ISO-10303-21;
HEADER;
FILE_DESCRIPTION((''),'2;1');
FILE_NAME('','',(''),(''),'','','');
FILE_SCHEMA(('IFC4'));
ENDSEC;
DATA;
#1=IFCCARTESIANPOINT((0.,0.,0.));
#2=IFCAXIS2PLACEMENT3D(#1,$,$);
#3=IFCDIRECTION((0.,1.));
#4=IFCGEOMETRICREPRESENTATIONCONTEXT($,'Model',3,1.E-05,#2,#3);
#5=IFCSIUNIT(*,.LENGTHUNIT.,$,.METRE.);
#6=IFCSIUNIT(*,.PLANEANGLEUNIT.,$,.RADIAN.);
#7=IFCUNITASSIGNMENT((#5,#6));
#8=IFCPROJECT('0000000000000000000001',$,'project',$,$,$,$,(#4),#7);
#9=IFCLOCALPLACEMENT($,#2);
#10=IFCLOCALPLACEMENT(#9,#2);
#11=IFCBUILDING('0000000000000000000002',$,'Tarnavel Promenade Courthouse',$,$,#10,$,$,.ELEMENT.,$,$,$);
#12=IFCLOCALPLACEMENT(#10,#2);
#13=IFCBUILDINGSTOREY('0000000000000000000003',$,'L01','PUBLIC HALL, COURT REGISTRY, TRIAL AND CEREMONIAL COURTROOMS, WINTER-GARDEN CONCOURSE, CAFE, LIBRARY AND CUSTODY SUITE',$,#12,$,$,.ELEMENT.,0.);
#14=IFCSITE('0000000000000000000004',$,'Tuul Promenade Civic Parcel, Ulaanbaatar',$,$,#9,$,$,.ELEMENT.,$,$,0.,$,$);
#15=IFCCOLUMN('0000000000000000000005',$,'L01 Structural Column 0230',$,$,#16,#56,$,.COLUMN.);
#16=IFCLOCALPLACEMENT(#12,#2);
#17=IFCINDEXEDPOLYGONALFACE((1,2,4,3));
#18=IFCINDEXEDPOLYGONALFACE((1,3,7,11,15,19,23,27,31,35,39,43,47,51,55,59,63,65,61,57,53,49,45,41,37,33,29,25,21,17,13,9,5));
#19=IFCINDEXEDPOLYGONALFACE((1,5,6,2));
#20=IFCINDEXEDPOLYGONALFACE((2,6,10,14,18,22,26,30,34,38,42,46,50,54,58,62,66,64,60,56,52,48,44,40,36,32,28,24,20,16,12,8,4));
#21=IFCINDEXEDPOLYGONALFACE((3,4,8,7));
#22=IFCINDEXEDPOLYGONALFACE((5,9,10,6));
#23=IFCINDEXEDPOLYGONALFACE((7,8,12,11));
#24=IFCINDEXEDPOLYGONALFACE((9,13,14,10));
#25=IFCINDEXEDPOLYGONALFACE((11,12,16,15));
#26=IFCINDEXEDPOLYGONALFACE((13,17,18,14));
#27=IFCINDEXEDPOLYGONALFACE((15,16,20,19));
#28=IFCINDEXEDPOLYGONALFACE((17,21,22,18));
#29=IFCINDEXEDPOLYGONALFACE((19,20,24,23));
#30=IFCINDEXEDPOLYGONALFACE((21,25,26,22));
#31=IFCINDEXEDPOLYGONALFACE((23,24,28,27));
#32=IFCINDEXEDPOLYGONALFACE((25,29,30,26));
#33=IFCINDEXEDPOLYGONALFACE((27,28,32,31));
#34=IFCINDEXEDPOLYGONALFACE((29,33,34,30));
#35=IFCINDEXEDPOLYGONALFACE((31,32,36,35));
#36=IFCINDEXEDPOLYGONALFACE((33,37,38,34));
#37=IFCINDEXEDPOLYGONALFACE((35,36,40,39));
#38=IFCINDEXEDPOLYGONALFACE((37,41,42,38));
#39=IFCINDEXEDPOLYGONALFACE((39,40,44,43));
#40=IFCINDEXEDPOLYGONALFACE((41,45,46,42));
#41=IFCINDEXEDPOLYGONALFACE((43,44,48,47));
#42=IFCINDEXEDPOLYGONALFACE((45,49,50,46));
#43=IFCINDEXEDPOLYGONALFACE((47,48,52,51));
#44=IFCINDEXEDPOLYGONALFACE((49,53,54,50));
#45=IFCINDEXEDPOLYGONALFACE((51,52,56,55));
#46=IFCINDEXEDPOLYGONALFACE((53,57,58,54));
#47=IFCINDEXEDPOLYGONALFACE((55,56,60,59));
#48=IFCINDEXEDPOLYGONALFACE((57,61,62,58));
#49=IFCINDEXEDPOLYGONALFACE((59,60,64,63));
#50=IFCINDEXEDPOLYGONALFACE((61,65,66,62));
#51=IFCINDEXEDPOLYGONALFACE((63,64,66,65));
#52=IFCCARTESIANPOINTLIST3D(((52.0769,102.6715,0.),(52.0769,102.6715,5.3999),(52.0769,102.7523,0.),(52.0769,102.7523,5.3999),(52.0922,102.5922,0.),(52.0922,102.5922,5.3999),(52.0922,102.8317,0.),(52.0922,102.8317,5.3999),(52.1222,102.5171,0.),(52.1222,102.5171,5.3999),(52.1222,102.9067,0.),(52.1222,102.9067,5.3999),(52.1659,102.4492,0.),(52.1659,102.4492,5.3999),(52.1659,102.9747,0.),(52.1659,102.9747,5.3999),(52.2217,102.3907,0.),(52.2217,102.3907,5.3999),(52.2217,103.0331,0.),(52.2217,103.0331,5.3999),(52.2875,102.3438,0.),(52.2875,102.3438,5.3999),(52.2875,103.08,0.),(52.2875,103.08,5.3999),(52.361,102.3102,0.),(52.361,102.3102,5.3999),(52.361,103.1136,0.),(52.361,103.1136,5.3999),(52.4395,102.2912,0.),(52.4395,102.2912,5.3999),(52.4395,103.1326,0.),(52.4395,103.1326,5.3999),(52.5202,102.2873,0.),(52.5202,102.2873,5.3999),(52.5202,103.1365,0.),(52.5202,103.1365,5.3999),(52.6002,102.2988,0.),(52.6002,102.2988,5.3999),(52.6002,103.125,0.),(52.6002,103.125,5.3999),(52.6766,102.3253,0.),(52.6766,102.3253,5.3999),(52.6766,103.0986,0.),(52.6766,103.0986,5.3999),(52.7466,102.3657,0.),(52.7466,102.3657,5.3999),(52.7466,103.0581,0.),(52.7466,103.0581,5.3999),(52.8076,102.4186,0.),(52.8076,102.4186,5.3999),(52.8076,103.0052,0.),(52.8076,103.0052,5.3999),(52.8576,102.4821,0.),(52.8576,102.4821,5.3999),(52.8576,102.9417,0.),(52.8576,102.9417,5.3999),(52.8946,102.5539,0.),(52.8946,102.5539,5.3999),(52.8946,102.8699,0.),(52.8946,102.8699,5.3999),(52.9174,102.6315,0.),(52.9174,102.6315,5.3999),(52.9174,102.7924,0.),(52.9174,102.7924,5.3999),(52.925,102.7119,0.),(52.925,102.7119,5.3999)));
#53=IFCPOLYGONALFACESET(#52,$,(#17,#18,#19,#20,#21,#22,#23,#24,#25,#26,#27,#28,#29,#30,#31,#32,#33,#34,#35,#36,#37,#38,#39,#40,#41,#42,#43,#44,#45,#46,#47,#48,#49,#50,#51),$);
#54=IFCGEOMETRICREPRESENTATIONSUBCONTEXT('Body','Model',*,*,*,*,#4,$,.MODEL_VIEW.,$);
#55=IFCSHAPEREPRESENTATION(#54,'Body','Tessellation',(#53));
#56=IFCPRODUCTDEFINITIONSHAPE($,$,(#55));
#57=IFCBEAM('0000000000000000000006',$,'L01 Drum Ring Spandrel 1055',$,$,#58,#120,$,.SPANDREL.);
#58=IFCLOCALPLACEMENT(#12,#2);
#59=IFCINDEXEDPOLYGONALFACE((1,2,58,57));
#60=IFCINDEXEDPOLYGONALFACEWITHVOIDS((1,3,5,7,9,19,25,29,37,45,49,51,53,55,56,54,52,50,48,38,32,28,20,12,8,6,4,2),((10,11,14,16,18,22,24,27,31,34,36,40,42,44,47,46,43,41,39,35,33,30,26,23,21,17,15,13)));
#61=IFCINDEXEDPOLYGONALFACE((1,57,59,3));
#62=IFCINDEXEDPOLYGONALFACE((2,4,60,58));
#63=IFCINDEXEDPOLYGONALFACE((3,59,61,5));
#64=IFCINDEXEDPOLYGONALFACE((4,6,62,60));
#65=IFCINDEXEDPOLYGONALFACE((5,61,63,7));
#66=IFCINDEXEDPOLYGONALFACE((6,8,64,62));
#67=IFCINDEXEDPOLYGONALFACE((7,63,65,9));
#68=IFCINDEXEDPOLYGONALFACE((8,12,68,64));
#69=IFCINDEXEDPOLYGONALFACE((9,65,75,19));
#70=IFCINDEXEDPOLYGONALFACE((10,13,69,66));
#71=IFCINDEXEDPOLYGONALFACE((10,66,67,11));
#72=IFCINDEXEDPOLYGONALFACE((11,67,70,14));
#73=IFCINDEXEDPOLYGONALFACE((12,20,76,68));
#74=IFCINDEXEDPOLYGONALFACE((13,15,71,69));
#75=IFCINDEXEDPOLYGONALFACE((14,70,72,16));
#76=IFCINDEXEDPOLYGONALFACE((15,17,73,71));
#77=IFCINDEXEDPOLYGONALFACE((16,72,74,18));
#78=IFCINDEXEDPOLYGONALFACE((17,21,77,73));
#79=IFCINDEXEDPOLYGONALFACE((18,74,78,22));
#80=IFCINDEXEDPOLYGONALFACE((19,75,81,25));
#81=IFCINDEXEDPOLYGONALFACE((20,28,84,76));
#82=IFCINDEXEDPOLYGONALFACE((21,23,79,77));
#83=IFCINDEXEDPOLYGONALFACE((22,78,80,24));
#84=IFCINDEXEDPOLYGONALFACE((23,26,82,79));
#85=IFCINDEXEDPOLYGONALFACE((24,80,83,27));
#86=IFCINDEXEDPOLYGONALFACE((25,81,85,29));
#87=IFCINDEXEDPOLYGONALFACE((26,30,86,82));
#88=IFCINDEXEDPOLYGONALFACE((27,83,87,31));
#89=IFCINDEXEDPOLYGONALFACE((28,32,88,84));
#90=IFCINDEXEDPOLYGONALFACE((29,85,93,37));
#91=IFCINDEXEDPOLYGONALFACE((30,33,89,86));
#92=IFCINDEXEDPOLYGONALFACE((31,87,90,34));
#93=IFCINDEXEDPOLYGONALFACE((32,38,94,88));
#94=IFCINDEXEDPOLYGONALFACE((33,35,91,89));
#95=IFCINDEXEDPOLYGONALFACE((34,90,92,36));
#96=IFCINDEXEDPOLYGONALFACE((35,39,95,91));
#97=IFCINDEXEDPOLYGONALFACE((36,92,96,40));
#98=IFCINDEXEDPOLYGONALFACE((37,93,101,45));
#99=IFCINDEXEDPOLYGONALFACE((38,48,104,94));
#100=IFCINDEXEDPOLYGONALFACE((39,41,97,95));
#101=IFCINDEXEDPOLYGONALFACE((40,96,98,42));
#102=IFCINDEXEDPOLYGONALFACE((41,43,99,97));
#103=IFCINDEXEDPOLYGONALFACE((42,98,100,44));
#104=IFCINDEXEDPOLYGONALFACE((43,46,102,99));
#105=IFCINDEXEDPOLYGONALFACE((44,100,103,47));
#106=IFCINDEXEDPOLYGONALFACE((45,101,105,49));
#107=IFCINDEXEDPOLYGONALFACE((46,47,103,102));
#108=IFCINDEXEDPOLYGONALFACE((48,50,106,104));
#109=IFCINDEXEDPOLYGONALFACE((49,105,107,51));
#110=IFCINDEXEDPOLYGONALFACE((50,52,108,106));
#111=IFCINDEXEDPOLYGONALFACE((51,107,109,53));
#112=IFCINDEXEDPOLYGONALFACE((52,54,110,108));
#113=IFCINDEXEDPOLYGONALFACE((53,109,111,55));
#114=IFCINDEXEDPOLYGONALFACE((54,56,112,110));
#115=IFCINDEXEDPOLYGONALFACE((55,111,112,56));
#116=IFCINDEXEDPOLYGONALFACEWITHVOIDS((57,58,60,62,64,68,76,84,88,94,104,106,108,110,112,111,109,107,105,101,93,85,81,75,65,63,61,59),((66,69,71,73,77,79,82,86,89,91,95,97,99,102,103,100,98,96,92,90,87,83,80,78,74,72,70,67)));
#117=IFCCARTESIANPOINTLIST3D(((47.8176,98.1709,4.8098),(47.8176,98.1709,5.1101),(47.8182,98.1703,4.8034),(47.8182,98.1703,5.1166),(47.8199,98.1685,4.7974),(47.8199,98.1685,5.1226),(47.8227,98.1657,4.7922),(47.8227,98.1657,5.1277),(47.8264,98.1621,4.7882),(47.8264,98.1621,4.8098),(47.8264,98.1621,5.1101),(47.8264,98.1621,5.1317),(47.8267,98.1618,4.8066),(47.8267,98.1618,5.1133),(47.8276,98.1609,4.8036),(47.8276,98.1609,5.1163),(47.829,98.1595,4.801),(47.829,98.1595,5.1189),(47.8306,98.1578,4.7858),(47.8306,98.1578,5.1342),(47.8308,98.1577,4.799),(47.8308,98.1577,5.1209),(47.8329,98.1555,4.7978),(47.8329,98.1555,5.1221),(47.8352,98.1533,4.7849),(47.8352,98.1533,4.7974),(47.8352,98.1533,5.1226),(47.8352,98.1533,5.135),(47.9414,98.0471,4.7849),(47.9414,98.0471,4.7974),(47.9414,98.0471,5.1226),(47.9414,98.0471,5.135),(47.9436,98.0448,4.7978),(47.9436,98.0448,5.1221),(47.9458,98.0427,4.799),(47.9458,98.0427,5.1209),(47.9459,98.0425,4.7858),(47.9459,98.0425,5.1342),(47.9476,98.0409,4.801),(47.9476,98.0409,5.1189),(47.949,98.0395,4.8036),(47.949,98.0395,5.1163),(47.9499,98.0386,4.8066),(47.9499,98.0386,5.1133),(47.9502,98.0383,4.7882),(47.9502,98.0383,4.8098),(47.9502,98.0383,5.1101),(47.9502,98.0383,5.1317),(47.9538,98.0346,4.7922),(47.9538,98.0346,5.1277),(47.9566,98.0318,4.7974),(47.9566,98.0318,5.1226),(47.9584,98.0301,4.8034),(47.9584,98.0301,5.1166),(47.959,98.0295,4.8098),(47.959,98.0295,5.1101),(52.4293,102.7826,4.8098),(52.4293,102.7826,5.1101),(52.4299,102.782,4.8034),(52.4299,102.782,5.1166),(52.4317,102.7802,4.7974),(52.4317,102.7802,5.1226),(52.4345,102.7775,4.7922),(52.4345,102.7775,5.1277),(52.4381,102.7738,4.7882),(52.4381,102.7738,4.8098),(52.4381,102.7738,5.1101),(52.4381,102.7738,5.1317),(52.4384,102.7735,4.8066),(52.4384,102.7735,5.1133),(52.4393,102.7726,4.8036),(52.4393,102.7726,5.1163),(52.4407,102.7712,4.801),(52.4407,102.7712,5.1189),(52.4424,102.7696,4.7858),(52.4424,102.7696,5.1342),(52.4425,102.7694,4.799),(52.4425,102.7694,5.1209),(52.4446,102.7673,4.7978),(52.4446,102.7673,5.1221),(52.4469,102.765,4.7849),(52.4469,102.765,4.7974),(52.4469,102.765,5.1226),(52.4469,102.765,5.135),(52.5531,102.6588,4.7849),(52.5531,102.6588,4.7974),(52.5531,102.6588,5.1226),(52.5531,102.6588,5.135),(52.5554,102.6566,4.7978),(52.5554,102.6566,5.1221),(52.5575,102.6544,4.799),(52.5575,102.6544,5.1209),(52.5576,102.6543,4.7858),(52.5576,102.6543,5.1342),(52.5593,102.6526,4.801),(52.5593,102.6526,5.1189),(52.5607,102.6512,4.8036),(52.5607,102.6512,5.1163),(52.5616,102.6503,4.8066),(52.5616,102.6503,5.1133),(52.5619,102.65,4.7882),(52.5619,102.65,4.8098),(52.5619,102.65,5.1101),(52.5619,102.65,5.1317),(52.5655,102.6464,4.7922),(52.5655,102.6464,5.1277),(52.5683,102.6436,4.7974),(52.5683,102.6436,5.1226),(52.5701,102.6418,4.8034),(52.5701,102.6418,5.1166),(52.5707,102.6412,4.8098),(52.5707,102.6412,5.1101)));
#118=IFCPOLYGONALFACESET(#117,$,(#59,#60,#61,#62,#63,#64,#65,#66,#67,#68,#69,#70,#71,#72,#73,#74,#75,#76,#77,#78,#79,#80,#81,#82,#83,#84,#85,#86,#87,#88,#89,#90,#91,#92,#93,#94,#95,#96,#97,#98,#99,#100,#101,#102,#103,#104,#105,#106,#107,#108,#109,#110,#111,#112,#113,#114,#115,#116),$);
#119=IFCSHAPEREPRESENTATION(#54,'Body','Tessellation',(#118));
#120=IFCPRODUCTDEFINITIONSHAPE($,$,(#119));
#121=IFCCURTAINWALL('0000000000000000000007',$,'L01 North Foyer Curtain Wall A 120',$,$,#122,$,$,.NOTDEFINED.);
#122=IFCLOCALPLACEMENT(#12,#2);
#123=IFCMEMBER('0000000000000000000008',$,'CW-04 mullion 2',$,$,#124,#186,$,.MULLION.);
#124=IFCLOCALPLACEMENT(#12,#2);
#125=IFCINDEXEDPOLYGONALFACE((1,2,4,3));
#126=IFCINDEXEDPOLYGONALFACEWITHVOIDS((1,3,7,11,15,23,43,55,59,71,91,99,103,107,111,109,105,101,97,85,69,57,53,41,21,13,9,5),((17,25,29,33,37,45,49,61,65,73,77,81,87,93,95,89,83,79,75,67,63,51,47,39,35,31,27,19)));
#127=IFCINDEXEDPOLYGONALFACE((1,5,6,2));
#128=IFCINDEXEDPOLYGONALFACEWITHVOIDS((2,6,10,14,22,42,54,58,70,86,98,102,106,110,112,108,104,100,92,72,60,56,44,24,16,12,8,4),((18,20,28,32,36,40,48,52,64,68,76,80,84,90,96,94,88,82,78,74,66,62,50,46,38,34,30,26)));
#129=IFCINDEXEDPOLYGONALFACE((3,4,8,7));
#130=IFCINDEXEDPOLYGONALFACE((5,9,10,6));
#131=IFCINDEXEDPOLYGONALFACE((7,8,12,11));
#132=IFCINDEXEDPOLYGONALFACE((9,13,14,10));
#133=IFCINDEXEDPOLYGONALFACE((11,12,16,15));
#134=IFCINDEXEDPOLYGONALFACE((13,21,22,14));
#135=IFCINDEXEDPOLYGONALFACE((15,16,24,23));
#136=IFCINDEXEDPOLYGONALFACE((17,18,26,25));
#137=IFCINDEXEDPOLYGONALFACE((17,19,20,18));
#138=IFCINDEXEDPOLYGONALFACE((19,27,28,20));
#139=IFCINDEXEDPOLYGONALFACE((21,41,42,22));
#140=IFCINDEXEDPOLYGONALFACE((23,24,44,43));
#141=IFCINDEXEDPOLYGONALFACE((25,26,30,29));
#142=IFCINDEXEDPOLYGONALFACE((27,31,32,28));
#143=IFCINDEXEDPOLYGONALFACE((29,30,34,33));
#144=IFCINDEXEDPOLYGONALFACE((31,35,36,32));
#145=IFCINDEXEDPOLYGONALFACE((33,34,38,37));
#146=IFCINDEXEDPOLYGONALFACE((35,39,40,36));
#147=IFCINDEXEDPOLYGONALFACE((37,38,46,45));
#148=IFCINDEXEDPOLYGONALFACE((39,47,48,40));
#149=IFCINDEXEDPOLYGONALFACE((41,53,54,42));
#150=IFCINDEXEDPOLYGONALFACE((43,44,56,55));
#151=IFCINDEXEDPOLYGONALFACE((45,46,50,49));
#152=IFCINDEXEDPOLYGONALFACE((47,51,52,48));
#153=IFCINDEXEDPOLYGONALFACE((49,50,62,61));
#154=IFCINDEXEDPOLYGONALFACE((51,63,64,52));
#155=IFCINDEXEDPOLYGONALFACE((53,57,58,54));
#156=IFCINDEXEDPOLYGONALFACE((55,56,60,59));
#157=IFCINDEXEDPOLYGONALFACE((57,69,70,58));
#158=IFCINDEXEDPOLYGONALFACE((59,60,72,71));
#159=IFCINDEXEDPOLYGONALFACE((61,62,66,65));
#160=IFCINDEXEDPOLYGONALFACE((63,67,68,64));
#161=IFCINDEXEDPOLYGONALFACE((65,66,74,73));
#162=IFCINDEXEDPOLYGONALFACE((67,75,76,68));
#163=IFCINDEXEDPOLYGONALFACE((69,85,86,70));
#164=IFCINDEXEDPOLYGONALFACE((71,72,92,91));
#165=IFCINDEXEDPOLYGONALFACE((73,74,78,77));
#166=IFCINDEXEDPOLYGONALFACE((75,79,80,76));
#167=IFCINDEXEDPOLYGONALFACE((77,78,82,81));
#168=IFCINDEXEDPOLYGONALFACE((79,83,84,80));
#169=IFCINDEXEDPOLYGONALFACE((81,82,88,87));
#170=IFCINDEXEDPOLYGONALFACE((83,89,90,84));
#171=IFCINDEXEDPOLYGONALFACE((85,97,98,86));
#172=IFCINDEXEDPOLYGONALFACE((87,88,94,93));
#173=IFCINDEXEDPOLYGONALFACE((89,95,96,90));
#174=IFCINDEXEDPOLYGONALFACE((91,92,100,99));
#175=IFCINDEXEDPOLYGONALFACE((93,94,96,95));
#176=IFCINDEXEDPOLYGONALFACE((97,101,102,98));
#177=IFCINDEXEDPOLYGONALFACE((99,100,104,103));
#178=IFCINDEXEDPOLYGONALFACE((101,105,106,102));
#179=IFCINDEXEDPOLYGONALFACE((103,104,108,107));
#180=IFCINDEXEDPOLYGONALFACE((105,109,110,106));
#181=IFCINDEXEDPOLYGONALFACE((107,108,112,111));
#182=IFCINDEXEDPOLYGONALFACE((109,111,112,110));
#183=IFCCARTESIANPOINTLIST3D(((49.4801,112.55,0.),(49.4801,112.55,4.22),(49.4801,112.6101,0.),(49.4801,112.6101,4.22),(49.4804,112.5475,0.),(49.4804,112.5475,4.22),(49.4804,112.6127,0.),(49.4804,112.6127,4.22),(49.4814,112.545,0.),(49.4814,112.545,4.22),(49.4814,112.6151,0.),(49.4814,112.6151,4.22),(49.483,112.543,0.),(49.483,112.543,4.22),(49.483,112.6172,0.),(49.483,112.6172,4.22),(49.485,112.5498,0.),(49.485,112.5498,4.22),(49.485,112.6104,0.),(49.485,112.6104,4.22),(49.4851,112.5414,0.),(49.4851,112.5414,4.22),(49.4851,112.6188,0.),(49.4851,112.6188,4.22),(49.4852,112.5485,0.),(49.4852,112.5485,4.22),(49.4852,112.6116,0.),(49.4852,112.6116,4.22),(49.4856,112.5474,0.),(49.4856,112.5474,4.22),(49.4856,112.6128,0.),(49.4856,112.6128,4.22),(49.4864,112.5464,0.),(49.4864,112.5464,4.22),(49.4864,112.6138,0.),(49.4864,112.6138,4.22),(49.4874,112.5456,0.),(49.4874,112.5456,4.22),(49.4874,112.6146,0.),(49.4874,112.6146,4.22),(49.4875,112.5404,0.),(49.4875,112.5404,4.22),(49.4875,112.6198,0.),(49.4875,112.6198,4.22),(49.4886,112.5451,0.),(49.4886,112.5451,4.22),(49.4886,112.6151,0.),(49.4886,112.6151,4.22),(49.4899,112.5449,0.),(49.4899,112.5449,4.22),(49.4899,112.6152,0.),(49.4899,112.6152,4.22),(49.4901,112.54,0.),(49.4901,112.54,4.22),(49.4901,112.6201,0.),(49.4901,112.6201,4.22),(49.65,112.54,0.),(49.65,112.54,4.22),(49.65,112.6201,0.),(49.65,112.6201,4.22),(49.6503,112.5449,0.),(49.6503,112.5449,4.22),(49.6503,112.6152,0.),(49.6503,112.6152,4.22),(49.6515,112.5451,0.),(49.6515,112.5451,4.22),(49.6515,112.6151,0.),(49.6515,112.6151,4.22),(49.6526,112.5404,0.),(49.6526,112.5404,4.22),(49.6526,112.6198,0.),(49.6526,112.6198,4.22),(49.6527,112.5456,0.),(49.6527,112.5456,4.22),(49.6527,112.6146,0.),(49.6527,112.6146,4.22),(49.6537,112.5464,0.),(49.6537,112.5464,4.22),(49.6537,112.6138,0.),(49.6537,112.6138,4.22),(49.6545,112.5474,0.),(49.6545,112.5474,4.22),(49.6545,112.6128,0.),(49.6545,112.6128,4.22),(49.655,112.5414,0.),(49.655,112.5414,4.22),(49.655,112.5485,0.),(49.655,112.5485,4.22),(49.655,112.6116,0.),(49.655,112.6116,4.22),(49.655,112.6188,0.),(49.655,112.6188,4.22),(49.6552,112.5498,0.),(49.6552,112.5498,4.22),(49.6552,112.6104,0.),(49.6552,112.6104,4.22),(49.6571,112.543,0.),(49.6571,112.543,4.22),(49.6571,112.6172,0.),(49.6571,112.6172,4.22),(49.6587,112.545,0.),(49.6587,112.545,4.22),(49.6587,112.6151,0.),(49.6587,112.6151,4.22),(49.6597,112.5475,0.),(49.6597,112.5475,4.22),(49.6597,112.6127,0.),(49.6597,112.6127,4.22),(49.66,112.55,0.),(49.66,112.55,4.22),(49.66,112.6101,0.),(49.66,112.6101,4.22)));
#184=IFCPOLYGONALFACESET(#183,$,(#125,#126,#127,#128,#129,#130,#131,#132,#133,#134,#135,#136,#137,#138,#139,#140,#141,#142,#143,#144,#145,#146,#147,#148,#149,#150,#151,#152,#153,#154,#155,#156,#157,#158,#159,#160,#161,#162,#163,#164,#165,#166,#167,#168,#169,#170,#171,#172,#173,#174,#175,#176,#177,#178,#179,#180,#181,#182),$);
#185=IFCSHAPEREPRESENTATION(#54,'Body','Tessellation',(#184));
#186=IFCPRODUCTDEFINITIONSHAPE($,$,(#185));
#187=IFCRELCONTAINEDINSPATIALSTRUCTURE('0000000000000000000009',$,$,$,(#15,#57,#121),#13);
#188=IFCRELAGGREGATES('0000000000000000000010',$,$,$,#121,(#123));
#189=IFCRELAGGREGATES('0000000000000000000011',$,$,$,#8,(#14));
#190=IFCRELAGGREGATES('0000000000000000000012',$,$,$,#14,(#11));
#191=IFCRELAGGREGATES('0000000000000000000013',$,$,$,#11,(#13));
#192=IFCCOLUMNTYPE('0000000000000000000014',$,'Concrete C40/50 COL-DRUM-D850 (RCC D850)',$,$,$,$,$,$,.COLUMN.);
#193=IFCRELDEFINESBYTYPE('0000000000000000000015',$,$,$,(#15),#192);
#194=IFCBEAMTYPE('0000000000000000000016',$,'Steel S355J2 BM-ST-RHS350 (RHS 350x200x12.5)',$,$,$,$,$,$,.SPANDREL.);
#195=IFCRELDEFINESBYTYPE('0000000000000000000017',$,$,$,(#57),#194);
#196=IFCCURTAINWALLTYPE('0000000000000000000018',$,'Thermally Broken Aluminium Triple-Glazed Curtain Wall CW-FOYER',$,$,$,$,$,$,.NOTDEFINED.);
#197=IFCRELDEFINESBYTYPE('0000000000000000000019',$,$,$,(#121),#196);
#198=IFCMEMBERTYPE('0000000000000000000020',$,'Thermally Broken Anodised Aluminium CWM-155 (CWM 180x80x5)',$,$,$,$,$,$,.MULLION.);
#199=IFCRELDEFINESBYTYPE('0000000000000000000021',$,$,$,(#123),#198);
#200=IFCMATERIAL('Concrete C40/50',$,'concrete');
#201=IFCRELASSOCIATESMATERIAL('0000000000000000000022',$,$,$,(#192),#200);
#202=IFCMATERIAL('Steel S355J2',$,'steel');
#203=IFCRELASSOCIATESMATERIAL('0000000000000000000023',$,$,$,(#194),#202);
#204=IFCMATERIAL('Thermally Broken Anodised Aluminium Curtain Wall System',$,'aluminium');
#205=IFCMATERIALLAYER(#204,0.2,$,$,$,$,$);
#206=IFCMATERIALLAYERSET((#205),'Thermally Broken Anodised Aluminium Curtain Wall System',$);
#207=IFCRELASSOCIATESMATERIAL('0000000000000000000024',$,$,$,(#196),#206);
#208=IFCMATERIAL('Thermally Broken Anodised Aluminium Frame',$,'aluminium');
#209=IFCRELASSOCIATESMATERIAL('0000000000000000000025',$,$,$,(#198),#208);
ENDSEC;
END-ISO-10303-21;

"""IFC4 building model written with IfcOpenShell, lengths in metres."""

from ifc_helpers import new_model, si_unit, direction, frame, origin, origin_2d, place, context, subcontext, project, spatial, hollow_rectangle, circle, extrude, material, layer, layer_set, material_profile, profile_set, type_object, element, aggregate, save


model = new_model("IFC4")

# Units and contexts
model_context = context("Model", 3, precision=1e-05, world=origin(), true_north=direction((0.0, 1.0)))
body_context = subcontext(model_context, "Body", "Model", "MODEL_VIEW")
ifc_project = project(units=[si_unit("LENGTHUNIT", "METRE"), si_unit("PLANEANGLEUNIT", "RADIAN")], contexts=[model_context])

# Site, building, storey
site_placement = place(None, origin())
site = spatial("IfcSite", under=ifc_project, at=site_placement, Name="Tuul Promenade Civic Parcel, Ulaanbaatar", CompositionType="ELEMENT", RefElevation=0.0)
building_placement = place(site_placement, origin())
building = spatial("IfcBuilding", under=site, at=building_placement, Name="Tarnavel Promenade Courthouse", CompositionType="ELEMENT")
storey_placement = place(building_placement, origin())
storey = spatial("IfcBuildingStorey", under=building, at=storey_placement, Name="L01", Description="PUBLIC HALL, COURT REGISTRY, TRIAL AND CEREMONIAL COURTROOMS, WINTER-GARDEN CONCOURSE, CAFE, LIBRARY AND CUSTODY SUITE", CompositionType="ELEMENT", Elevation=0.0)

# Column
ifc_material_1 = material(Name="Concrete C40/50", Category="concrete")
ifc_material_profile_1 = material_profile(ifc_material_1, circle(Radius=0.425, at=origin_2d()), Name="RCC D850")
ifc_profile_set_1 = profile_set([ifc_material_profile_1], Name="Concrete C40/50")
column_type = type_object("IfcColumnType", Name="Concrete C40/50 COL-DRUM-D850 (RCC D850)", PredefinedType="COLUMN", material=ifc_profile_set_1)
column_placement = place(storey_placement, frame((52.5, 102.7119, 0.0), z_axis=(0.0, 0.0, 1.0), x_axis=(1.0, 0.0, 0.0)))
element("IfcColumn", 1, at=column_placement, inside=storey, type_object=column_type, Name="L01 Structural Column 0230", PredefinedType="COLUMN", context=body_context, shape_type="SweptSolid", body=[
    extrude(circle(Radius=0.425, at=origin_2d()), origin(), (0.0, 0.0, 1.0), 5.3999),
])

# Beam
ifc_material_2 = material(Name="Steel S355J2", Category="steel")
ifc_material_profile_2 = material_profile(ifc_material_2, hollow_rectangle(XDim=0.2, YDim=0.3501, WallThickness=0.0125, InnerFilletRadius=0.0125, OuterFilletRadius=0.0249, at=origin_2d()), Name="RHS 350x200x12.5")
ifc_profile_set_2 = profile_set([ifc_material_profile_2], Name="Steel S355J2")
beam_type = type_object("IfcBeamType", Name="Steel S355J2 BM-ST-RHS350 (RHS 350x200x12.5)", PredefinedType="SPANDREL", material=ifc_profile_set_2)
beam_placement = place(storey_placement, frame((52.5, 102.7119, 4.96), z_axis=(-0.707107, -0.707107, 0.0), x_axis=(0.707107, -0.707107, 0.0)))
element("IfcBeam", 2, at=beam_placement, inside=storey, type_object=beam_type, Name="L01 Drum Ring Spandrel 1055", PredefinedType="SPANDREL", context=body_context, shape_type="SweptSolid", body=[
    extrude(hollow_rectangle(XDim=0.2, YDim=0.3501, WallThickness=0.0125, InnerFilletRadius=0.0125, OuterFilletRadius=0.0249, at=origin_2d()), origin(), (0.0, 0.0, 1.0), 6.522),
])

# Curtain wall, member
ifc_material_3 = material(Name="Thermally Broken Anodised Aluminium Curtain Wall System", Category="aluminium")
ifc_layer_1 = layer(ifc_material_3, 0.2)
ifc_layer_set_1 = layer_set([ifc_layer_1], Name="Thermally Broken Anodised Aluminium Curtain Wall System")
curtain_wall_type = type_object("IfcCurtainWallType", Name="Thermally Broken Aluminium Triple-Glazed Curtain Wall CW-FOYER", PredefinedType="NOTDEFINED", material=ifc_layer_set_1)
curtain_wall_1_placement = place(storey_placement, origin())
curtain_wall_1 = element("IfcCurtainWall", 3, at=curtain_wall_1_placement, inside=storey, type_object=curtain_wall_type, Name="L01 North Foyer Curtain Wall A 120", PredefinedType="NOTDEFINED")
ifc_material_4 = material(Name="Thermally Broken Anodised Aluminium Frame", Category="aluminium")
ifc_material_profile_3 = material_profile(ifc_material_4, hollow_rectangle(XDim=0.0801, YDim=0.1799, WallThickness=0.0049, InnerFilletRadius=0.0049, OuterFilletRadius=0.01, at=origin_2d()), Name="CWM 180x80x5")
ifc_profile_set_3 = profile_set([ifc_material_profile_3], Name="Thermally Broken Anodised Aluminium Frame")
member_type_1 = type_object("IfcMemberType", Name="Thermally Broken Anodised Aluminium CWM-155 (CWM 180x80x5)", PredefinedType="MULLION", material=ifc_profile_set_3)
member_1_placement = place(storey_placement, frame((49.5701, 112.5801, 0.0), z_axis=(0.0, 0.0, 1.0), x_axis=(0.0, 1.0, 0.0)))
member_1 = element("IfcMember", 4, at=member_1_placement, type_object=member_type_1, Name="CW-04 mullion 2", PredefinedType="MULLION", context=body_context, shape_type="SweptSolid", body=[
    extrude(hollow_rectangle(XDim=0.0801, YDim=0.1799, WallThickness=0.0049, InnerFilletRadius=0.0049, OuterFilletRadius=0.01, at=origin_2d()), origin(), (0.0, 0.0, 1.0), 4.22),
])

aggregate(curtain_wall_1, [member_1])

save(model, "model.ifc")
